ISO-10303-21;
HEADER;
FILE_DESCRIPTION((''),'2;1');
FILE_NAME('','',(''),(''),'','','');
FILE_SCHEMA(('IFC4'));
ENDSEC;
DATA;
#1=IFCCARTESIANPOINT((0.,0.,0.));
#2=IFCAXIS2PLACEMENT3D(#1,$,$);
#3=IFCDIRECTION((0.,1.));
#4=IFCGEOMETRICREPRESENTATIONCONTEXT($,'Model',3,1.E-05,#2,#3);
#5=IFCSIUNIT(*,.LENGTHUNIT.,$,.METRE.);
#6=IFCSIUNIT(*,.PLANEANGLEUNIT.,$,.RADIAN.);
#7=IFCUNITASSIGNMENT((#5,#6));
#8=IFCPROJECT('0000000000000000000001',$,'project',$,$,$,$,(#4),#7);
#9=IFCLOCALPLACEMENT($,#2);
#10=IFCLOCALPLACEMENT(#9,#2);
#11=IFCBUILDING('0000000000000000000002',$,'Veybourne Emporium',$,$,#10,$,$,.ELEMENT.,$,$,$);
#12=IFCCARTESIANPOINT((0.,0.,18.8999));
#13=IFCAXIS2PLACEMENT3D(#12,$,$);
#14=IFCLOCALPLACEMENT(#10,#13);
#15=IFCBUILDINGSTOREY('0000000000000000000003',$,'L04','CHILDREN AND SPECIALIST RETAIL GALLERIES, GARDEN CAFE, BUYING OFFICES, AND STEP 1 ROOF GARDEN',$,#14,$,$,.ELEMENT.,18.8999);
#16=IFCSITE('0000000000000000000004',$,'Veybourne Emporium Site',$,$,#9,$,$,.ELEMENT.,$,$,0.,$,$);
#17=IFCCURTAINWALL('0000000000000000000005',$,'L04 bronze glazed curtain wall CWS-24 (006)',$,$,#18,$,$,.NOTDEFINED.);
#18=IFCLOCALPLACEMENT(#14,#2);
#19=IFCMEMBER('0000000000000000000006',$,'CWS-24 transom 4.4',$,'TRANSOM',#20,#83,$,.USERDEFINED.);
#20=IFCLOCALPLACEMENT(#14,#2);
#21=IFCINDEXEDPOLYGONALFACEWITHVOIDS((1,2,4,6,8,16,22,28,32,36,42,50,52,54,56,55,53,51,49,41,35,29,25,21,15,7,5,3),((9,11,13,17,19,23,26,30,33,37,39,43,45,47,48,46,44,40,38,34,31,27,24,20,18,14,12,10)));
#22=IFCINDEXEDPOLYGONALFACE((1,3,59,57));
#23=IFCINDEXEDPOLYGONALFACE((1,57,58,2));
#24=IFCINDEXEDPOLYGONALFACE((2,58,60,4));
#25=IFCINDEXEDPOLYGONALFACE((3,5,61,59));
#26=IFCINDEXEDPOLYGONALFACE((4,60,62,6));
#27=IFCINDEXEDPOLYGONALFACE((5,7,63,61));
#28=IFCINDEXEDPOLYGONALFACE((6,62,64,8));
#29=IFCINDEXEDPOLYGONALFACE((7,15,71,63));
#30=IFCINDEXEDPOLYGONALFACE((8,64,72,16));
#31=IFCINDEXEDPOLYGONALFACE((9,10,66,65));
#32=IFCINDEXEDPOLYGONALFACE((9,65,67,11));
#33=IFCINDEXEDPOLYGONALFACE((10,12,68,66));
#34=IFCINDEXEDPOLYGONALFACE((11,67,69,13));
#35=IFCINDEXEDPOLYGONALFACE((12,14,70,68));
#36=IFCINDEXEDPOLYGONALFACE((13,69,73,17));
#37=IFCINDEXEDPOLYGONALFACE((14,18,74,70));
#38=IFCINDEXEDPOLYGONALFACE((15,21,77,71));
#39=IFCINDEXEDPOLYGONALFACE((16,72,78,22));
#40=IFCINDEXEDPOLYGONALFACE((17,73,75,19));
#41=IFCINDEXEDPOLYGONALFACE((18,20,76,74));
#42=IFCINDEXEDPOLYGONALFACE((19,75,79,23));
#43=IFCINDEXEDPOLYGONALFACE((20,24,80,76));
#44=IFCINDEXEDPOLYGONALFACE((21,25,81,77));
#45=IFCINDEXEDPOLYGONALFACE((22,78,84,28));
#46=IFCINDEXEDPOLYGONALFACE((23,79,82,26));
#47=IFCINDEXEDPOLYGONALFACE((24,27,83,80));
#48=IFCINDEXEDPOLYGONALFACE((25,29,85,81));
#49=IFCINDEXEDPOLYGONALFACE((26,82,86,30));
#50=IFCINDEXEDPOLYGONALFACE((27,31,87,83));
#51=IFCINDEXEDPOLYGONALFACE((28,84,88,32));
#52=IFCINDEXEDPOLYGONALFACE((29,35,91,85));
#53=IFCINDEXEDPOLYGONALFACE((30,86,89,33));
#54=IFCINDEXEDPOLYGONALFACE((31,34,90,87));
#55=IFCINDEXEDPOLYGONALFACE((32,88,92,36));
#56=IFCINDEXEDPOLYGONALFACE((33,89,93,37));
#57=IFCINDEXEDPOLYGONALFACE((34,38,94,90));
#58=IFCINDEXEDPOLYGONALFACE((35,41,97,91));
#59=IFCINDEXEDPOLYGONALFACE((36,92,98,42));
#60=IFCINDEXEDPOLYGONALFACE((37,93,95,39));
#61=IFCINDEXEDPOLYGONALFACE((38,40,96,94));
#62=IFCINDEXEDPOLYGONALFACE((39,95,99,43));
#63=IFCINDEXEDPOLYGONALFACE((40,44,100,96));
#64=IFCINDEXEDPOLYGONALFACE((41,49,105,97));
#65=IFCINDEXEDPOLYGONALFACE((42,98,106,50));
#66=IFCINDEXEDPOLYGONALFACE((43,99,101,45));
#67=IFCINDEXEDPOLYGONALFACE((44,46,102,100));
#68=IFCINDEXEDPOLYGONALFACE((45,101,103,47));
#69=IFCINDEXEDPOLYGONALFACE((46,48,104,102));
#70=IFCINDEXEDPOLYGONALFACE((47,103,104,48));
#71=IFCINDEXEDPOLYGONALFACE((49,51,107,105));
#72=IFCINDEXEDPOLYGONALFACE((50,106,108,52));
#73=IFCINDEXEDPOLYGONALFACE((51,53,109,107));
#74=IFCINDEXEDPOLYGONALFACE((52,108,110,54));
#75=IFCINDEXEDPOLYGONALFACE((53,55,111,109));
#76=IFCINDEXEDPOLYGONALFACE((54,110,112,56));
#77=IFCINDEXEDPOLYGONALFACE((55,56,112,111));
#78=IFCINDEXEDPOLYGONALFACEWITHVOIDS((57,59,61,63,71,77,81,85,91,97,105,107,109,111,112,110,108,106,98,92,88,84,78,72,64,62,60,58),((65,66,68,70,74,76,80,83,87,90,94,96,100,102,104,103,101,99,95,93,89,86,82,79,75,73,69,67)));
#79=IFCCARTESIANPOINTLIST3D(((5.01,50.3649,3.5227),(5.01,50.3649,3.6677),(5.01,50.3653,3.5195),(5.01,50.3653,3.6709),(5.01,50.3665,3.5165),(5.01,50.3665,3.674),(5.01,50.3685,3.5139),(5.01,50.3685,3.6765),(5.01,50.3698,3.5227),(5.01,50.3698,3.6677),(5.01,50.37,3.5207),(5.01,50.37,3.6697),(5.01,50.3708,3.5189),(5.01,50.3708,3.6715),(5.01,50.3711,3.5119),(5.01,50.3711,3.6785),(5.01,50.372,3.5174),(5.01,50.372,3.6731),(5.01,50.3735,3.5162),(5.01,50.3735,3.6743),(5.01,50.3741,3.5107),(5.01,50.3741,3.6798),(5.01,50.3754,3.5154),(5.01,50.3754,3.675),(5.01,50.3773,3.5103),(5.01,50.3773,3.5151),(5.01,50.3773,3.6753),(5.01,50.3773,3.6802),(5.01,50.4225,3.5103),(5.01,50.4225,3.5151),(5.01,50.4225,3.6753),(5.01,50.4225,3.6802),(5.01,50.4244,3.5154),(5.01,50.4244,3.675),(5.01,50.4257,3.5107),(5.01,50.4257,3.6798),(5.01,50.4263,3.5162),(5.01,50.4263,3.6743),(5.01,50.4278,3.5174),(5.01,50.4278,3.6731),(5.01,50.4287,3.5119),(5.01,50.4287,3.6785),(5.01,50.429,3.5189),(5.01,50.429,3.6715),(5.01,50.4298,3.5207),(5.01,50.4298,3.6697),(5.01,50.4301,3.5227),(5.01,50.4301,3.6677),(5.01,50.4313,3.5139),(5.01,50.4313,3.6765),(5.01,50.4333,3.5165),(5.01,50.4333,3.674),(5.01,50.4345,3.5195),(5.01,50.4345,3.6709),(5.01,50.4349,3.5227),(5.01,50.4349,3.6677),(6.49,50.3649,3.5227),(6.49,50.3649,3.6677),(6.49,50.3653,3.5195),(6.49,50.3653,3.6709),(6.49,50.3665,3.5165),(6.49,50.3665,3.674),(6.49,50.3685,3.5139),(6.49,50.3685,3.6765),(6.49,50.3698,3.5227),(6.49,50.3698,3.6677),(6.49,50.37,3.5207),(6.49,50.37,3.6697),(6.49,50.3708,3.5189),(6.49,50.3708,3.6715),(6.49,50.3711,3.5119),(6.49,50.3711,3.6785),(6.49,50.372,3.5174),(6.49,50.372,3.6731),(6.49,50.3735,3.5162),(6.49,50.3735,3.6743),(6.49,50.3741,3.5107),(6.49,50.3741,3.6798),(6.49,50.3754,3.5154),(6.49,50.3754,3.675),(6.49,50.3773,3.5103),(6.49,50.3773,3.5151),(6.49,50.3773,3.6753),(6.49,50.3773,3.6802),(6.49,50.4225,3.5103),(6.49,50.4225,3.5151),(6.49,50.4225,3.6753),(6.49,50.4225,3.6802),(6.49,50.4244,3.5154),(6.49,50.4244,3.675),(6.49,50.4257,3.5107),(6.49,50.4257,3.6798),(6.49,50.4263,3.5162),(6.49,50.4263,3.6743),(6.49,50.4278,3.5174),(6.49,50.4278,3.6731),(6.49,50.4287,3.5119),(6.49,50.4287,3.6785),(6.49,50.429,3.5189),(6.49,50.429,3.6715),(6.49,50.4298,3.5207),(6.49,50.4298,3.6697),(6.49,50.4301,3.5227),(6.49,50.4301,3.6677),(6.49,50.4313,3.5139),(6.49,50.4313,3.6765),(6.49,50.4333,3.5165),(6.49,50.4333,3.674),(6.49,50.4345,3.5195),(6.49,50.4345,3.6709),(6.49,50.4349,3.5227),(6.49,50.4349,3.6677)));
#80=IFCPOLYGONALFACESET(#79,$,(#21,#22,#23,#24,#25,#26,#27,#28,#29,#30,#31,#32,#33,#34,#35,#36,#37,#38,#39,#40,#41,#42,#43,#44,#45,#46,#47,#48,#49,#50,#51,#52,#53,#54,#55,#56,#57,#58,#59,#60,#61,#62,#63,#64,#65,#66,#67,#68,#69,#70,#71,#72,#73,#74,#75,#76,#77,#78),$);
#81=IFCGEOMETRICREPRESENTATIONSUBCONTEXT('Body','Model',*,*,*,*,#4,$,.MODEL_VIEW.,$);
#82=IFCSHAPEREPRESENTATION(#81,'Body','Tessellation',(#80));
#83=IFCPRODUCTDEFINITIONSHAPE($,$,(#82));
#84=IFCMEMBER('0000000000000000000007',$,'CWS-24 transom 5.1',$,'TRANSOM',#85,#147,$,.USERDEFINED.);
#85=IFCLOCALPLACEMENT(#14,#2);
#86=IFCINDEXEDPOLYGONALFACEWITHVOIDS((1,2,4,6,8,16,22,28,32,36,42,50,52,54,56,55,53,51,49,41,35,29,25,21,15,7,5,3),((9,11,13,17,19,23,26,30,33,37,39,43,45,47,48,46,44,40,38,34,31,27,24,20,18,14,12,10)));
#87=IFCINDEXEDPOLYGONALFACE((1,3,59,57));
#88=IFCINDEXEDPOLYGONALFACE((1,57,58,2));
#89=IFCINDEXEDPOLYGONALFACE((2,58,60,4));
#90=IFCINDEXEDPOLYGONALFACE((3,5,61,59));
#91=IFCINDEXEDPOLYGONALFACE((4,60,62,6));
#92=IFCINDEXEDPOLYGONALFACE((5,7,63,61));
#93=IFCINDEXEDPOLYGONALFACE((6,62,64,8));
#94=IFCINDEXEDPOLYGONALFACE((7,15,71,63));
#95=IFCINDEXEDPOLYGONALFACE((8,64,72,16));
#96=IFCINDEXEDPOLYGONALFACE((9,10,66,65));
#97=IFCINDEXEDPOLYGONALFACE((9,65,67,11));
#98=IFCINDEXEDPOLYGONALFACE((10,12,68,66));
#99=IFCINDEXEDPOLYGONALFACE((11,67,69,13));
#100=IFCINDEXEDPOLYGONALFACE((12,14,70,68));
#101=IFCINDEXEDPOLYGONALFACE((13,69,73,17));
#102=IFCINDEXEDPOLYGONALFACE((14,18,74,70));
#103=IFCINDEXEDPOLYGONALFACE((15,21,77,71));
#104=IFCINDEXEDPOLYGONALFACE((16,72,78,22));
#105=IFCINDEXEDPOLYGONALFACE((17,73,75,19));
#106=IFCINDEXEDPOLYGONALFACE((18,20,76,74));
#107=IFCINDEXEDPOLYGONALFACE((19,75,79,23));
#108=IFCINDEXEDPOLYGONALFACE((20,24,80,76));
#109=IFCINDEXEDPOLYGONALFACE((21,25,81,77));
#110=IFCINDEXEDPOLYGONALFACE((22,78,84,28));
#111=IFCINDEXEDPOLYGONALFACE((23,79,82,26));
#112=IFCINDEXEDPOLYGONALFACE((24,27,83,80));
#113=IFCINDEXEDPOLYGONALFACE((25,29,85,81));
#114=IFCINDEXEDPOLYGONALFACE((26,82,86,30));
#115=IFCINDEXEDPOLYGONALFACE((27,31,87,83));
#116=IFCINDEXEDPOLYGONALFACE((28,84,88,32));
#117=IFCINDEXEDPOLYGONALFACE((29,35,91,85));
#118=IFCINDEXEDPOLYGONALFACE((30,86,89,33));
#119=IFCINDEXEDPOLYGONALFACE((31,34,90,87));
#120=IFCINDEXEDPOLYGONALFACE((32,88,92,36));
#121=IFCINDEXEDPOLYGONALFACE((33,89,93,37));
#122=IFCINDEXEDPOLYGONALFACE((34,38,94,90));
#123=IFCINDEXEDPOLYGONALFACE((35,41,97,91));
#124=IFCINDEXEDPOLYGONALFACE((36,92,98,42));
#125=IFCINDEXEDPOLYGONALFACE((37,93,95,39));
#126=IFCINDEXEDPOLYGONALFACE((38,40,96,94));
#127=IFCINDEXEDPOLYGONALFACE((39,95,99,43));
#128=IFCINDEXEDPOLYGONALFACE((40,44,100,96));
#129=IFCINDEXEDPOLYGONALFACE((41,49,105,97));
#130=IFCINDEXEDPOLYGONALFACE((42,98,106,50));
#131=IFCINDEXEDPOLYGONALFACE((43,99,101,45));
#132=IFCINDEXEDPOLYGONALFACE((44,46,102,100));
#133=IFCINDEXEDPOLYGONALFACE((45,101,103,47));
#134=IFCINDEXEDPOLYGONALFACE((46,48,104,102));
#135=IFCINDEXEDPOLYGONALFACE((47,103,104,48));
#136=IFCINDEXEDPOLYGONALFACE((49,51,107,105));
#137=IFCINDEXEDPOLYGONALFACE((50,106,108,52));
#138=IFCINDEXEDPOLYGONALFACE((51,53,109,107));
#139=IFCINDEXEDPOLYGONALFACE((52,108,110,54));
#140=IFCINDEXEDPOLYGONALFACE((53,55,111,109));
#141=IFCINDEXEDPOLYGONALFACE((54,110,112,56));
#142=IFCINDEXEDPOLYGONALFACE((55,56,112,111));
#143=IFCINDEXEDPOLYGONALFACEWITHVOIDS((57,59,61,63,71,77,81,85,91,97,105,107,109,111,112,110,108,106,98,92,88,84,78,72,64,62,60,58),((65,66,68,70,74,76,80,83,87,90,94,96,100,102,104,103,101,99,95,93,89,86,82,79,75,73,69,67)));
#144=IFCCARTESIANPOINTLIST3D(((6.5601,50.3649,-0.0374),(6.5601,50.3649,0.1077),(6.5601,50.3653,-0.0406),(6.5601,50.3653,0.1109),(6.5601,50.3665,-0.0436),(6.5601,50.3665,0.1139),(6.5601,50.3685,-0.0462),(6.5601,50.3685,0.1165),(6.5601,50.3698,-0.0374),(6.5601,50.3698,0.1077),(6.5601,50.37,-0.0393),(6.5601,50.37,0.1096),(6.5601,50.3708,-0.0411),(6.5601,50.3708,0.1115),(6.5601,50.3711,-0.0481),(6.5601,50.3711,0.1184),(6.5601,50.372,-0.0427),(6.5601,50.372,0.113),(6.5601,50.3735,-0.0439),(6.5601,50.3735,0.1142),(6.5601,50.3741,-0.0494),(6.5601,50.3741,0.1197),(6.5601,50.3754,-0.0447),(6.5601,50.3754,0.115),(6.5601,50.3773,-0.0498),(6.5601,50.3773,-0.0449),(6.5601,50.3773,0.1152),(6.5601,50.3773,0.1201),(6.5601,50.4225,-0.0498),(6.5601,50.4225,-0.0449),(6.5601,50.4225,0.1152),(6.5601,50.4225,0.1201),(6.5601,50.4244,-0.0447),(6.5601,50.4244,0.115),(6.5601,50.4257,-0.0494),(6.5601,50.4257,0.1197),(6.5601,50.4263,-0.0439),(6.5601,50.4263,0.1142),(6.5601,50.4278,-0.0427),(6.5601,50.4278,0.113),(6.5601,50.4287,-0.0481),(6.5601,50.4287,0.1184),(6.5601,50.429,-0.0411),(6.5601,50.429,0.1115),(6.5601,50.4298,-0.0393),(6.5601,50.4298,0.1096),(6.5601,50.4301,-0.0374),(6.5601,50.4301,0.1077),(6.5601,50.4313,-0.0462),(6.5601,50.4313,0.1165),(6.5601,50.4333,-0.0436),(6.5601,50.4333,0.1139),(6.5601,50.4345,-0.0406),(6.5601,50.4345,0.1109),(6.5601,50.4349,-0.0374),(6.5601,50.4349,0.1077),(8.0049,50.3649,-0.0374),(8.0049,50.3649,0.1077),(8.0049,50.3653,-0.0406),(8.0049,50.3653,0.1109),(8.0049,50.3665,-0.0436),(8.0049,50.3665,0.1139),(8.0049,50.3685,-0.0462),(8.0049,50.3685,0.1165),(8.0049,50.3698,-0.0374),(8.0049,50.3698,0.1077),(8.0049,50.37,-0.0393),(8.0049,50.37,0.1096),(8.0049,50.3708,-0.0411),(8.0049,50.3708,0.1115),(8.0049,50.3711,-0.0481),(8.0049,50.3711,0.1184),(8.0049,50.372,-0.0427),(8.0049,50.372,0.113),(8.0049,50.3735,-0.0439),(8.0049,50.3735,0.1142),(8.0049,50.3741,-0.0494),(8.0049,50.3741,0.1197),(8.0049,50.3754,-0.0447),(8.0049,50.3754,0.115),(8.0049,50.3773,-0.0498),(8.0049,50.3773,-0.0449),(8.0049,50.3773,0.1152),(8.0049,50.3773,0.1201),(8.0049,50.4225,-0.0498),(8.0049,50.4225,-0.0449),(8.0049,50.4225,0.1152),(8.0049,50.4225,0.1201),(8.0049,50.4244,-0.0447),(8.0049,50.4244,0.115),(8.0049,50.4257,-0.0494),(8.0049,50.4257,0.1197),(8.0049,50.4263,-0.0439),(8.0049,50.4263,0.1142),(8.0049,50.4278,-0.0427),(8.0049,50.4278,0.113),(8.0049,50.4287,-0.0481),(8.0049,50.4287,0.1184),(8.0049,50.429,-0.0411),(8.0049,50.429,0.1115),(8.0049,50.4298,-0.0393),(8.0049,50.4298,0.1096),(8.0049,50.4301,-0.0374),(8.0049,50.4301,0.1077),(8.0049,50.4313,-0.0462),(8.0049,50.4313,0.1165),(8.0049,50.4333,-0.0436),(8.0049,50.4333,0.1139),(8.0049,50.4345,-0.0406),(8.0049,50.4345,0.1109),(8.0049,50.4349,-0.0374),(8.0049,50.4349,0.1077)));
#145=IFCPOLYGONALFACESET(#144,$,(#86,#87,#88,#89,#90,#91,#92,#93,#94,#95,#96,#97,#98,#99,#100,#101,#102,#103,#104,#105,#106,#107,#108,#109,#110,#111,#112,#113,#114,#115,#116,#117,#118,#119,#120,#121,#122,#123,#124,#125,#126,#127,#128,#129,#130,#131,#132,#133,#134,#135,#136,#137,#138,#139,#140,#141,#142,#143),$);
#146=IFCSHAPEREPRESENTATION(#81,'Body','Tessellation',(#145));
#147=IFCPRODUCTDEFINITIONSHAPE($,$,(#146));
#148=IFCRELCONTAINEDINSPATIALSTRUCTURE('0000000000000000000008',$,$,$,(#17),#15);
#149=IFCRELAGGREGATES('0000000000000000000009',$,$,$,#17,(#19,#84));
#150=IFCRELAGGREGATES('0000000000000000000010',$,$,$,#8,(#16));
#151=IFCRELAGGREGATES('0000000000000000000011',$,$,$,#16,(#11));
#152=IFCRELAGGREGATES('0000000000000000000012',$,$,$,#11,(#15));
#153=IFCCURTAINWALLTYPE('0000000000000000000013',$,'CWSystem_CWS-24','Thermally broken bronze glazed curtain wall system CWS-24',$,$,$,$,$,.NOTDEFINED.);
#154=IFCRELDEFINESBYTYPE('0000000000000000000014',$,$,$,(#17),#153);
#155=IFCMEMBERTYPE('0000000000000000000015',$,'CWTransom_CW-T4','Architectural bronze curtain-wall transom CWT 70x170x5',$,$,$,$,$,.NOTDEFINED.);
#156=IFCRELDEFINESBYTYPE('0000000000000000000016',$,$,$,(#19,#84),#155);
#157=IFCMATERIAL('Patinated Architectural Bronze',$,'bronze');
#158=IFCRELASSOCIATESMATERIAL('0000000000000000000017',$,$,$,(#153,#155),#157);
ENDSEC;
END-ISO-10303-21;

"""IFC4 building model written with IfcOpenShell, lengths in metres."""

from ifc_helpers import new_model, si_unit, direction, frame, origin, origin_2d, place, context, subcontext, project, spatial, hollow_rectangle, extrude, material, material_profile, profile_set, type_object, element, aggregate, save


model = new_model("IFC4")

# Units and contexts
model_context = context("Model", 3, precision=1e-05, world=origin(), true_north=direction((0.0, 1.0)))
body_context = subcontext(model_context, "Body", "Model", "MODEL_VIEW")
ifc_project = project(units=[si_unit("LENGTHUNIT", "METRE"), si_unit("PLANEANGLEUNIT", "RADIAN")], contexts=[model_context])

# Site, building, storey
site_placement = place(None, origin())
site = spatial("IfcSite", under=ifc_project, at=site_placement, Name="Veybourne Emporium Site", CompositionType="ELEMENT", RefElevation=0.0)
building_placement = place(site_placement, origin())
building = spatial("IfcBuilding", under=site, at=building_placement, Name="Veybourne Emporium", CompositionType="ELEMENT")
storey_placement = place(building_placement, frame((0.0, 0.0, 18.8999)))
storey = spatial("IfcBuildingStorey", under=building, at=storey_placement, Name="L04", Description="CHILDREN AND SPECIALIST RETAIL GALLERIES, GARDEN CAFE, BUYING OFFICES, AND STEP 1 ROOF GARDEN", CompositionType="ELEMENT", Elevation=18.8999)

# Curtain wall, members
ifc_material_1 = material(Name="Patinated Architectural Bronze", Category="bronze")
curtain_wall_type = type_object("IfcCurtainWallType", Name="CWSystem_CWS-24", Description="Thermally broken bronze glazed curtain wall system CWS-24", PredefinedType="NOTDEFINED", material=ifc_material_1)
curtain_wall_placement = place(storey_placement, origin())
curtain_wall = element("IfcCurtainWall", 1, at=curtain_wall_placement, inside=storey, type_object=curtain_wall_type, Name="L04 bronze glazed curtain wall CWS-24 (006)", PredefinedType="NOTDEFINED")
ifc_material_profile_1 = material_profile(ifc_material_1, hollow_rectangle(XDim=0.0701, YDim=0.1699, WallThickness=0.0049, InnerFilletRadius=0.0076, OuterFilletRadius=0.0125, at=origin_2d()), Name="CWT 70x170x5")
ifc_profile_set_1 = profile_set([ifc_material_profile_1], Name="Patinated Architectural Bronze")
member_type_1 = type_object("IfcMemberType", Name="CWTransom_CW-T4", Description="Architectural bronze curtain-wall transom CWT 70x170x5", PredefinedType="NOTDEFINED", material=ifc_profile_set_1)
member_1_placement = place(storey_placement, frame((5.01, 50.3999, 3.5952), z_axis=(1.0, 0.0, 0.0), x_axis=(0.0, 1.0, 0.0)))
member_1 = element("IfcMember", 2, at=member_1_placement, type_object=member_type_1, Name="CWS-24 transom 4.4", ObjectType="TRANSOM", PredefinedType="USERDEFINED", context=body_context, shape_type="SweptSolid", body=[
    extrude(hollow_rectangle(XDim=0.0701, YDim=0.1699, WallThickness=0.0049, InnerFilletRadius=0.0076, OuterFilletRadius=0.0125, at=origin_2d()), origin(), (0.0, 0.0, 1.0), 1.48),
])
member_2_placement = place(storey_placement, frame((6.5601, 50.3999, 0.0352), z_axis=(1.0, 0.0, 0.0), x_axis=(0.0, 1.0, 0.0)))
member_2 = element("IfcMember", 3, at=member_2_placement, type_object=member_type_1, Name="CWS-24 transom 5.1", ObjectType="TRANSOM", PredefinedType="USERDEFINED", context=body_context, shape_type="SweptSolid", body=[
    extrude(hollow_rectangle(XDim=0.0701, YDim=0.1699, WallThickness=0.0049, InnerFilletRadius=0.0076, OuterFilletRadius=0.0125, at=origin_2d()), origin(), (0.0, 0.0, 1.0), 1.4448),
])
aggregate(curtain_wall, [member_1, member_2])

save(model, "model.ifc")
